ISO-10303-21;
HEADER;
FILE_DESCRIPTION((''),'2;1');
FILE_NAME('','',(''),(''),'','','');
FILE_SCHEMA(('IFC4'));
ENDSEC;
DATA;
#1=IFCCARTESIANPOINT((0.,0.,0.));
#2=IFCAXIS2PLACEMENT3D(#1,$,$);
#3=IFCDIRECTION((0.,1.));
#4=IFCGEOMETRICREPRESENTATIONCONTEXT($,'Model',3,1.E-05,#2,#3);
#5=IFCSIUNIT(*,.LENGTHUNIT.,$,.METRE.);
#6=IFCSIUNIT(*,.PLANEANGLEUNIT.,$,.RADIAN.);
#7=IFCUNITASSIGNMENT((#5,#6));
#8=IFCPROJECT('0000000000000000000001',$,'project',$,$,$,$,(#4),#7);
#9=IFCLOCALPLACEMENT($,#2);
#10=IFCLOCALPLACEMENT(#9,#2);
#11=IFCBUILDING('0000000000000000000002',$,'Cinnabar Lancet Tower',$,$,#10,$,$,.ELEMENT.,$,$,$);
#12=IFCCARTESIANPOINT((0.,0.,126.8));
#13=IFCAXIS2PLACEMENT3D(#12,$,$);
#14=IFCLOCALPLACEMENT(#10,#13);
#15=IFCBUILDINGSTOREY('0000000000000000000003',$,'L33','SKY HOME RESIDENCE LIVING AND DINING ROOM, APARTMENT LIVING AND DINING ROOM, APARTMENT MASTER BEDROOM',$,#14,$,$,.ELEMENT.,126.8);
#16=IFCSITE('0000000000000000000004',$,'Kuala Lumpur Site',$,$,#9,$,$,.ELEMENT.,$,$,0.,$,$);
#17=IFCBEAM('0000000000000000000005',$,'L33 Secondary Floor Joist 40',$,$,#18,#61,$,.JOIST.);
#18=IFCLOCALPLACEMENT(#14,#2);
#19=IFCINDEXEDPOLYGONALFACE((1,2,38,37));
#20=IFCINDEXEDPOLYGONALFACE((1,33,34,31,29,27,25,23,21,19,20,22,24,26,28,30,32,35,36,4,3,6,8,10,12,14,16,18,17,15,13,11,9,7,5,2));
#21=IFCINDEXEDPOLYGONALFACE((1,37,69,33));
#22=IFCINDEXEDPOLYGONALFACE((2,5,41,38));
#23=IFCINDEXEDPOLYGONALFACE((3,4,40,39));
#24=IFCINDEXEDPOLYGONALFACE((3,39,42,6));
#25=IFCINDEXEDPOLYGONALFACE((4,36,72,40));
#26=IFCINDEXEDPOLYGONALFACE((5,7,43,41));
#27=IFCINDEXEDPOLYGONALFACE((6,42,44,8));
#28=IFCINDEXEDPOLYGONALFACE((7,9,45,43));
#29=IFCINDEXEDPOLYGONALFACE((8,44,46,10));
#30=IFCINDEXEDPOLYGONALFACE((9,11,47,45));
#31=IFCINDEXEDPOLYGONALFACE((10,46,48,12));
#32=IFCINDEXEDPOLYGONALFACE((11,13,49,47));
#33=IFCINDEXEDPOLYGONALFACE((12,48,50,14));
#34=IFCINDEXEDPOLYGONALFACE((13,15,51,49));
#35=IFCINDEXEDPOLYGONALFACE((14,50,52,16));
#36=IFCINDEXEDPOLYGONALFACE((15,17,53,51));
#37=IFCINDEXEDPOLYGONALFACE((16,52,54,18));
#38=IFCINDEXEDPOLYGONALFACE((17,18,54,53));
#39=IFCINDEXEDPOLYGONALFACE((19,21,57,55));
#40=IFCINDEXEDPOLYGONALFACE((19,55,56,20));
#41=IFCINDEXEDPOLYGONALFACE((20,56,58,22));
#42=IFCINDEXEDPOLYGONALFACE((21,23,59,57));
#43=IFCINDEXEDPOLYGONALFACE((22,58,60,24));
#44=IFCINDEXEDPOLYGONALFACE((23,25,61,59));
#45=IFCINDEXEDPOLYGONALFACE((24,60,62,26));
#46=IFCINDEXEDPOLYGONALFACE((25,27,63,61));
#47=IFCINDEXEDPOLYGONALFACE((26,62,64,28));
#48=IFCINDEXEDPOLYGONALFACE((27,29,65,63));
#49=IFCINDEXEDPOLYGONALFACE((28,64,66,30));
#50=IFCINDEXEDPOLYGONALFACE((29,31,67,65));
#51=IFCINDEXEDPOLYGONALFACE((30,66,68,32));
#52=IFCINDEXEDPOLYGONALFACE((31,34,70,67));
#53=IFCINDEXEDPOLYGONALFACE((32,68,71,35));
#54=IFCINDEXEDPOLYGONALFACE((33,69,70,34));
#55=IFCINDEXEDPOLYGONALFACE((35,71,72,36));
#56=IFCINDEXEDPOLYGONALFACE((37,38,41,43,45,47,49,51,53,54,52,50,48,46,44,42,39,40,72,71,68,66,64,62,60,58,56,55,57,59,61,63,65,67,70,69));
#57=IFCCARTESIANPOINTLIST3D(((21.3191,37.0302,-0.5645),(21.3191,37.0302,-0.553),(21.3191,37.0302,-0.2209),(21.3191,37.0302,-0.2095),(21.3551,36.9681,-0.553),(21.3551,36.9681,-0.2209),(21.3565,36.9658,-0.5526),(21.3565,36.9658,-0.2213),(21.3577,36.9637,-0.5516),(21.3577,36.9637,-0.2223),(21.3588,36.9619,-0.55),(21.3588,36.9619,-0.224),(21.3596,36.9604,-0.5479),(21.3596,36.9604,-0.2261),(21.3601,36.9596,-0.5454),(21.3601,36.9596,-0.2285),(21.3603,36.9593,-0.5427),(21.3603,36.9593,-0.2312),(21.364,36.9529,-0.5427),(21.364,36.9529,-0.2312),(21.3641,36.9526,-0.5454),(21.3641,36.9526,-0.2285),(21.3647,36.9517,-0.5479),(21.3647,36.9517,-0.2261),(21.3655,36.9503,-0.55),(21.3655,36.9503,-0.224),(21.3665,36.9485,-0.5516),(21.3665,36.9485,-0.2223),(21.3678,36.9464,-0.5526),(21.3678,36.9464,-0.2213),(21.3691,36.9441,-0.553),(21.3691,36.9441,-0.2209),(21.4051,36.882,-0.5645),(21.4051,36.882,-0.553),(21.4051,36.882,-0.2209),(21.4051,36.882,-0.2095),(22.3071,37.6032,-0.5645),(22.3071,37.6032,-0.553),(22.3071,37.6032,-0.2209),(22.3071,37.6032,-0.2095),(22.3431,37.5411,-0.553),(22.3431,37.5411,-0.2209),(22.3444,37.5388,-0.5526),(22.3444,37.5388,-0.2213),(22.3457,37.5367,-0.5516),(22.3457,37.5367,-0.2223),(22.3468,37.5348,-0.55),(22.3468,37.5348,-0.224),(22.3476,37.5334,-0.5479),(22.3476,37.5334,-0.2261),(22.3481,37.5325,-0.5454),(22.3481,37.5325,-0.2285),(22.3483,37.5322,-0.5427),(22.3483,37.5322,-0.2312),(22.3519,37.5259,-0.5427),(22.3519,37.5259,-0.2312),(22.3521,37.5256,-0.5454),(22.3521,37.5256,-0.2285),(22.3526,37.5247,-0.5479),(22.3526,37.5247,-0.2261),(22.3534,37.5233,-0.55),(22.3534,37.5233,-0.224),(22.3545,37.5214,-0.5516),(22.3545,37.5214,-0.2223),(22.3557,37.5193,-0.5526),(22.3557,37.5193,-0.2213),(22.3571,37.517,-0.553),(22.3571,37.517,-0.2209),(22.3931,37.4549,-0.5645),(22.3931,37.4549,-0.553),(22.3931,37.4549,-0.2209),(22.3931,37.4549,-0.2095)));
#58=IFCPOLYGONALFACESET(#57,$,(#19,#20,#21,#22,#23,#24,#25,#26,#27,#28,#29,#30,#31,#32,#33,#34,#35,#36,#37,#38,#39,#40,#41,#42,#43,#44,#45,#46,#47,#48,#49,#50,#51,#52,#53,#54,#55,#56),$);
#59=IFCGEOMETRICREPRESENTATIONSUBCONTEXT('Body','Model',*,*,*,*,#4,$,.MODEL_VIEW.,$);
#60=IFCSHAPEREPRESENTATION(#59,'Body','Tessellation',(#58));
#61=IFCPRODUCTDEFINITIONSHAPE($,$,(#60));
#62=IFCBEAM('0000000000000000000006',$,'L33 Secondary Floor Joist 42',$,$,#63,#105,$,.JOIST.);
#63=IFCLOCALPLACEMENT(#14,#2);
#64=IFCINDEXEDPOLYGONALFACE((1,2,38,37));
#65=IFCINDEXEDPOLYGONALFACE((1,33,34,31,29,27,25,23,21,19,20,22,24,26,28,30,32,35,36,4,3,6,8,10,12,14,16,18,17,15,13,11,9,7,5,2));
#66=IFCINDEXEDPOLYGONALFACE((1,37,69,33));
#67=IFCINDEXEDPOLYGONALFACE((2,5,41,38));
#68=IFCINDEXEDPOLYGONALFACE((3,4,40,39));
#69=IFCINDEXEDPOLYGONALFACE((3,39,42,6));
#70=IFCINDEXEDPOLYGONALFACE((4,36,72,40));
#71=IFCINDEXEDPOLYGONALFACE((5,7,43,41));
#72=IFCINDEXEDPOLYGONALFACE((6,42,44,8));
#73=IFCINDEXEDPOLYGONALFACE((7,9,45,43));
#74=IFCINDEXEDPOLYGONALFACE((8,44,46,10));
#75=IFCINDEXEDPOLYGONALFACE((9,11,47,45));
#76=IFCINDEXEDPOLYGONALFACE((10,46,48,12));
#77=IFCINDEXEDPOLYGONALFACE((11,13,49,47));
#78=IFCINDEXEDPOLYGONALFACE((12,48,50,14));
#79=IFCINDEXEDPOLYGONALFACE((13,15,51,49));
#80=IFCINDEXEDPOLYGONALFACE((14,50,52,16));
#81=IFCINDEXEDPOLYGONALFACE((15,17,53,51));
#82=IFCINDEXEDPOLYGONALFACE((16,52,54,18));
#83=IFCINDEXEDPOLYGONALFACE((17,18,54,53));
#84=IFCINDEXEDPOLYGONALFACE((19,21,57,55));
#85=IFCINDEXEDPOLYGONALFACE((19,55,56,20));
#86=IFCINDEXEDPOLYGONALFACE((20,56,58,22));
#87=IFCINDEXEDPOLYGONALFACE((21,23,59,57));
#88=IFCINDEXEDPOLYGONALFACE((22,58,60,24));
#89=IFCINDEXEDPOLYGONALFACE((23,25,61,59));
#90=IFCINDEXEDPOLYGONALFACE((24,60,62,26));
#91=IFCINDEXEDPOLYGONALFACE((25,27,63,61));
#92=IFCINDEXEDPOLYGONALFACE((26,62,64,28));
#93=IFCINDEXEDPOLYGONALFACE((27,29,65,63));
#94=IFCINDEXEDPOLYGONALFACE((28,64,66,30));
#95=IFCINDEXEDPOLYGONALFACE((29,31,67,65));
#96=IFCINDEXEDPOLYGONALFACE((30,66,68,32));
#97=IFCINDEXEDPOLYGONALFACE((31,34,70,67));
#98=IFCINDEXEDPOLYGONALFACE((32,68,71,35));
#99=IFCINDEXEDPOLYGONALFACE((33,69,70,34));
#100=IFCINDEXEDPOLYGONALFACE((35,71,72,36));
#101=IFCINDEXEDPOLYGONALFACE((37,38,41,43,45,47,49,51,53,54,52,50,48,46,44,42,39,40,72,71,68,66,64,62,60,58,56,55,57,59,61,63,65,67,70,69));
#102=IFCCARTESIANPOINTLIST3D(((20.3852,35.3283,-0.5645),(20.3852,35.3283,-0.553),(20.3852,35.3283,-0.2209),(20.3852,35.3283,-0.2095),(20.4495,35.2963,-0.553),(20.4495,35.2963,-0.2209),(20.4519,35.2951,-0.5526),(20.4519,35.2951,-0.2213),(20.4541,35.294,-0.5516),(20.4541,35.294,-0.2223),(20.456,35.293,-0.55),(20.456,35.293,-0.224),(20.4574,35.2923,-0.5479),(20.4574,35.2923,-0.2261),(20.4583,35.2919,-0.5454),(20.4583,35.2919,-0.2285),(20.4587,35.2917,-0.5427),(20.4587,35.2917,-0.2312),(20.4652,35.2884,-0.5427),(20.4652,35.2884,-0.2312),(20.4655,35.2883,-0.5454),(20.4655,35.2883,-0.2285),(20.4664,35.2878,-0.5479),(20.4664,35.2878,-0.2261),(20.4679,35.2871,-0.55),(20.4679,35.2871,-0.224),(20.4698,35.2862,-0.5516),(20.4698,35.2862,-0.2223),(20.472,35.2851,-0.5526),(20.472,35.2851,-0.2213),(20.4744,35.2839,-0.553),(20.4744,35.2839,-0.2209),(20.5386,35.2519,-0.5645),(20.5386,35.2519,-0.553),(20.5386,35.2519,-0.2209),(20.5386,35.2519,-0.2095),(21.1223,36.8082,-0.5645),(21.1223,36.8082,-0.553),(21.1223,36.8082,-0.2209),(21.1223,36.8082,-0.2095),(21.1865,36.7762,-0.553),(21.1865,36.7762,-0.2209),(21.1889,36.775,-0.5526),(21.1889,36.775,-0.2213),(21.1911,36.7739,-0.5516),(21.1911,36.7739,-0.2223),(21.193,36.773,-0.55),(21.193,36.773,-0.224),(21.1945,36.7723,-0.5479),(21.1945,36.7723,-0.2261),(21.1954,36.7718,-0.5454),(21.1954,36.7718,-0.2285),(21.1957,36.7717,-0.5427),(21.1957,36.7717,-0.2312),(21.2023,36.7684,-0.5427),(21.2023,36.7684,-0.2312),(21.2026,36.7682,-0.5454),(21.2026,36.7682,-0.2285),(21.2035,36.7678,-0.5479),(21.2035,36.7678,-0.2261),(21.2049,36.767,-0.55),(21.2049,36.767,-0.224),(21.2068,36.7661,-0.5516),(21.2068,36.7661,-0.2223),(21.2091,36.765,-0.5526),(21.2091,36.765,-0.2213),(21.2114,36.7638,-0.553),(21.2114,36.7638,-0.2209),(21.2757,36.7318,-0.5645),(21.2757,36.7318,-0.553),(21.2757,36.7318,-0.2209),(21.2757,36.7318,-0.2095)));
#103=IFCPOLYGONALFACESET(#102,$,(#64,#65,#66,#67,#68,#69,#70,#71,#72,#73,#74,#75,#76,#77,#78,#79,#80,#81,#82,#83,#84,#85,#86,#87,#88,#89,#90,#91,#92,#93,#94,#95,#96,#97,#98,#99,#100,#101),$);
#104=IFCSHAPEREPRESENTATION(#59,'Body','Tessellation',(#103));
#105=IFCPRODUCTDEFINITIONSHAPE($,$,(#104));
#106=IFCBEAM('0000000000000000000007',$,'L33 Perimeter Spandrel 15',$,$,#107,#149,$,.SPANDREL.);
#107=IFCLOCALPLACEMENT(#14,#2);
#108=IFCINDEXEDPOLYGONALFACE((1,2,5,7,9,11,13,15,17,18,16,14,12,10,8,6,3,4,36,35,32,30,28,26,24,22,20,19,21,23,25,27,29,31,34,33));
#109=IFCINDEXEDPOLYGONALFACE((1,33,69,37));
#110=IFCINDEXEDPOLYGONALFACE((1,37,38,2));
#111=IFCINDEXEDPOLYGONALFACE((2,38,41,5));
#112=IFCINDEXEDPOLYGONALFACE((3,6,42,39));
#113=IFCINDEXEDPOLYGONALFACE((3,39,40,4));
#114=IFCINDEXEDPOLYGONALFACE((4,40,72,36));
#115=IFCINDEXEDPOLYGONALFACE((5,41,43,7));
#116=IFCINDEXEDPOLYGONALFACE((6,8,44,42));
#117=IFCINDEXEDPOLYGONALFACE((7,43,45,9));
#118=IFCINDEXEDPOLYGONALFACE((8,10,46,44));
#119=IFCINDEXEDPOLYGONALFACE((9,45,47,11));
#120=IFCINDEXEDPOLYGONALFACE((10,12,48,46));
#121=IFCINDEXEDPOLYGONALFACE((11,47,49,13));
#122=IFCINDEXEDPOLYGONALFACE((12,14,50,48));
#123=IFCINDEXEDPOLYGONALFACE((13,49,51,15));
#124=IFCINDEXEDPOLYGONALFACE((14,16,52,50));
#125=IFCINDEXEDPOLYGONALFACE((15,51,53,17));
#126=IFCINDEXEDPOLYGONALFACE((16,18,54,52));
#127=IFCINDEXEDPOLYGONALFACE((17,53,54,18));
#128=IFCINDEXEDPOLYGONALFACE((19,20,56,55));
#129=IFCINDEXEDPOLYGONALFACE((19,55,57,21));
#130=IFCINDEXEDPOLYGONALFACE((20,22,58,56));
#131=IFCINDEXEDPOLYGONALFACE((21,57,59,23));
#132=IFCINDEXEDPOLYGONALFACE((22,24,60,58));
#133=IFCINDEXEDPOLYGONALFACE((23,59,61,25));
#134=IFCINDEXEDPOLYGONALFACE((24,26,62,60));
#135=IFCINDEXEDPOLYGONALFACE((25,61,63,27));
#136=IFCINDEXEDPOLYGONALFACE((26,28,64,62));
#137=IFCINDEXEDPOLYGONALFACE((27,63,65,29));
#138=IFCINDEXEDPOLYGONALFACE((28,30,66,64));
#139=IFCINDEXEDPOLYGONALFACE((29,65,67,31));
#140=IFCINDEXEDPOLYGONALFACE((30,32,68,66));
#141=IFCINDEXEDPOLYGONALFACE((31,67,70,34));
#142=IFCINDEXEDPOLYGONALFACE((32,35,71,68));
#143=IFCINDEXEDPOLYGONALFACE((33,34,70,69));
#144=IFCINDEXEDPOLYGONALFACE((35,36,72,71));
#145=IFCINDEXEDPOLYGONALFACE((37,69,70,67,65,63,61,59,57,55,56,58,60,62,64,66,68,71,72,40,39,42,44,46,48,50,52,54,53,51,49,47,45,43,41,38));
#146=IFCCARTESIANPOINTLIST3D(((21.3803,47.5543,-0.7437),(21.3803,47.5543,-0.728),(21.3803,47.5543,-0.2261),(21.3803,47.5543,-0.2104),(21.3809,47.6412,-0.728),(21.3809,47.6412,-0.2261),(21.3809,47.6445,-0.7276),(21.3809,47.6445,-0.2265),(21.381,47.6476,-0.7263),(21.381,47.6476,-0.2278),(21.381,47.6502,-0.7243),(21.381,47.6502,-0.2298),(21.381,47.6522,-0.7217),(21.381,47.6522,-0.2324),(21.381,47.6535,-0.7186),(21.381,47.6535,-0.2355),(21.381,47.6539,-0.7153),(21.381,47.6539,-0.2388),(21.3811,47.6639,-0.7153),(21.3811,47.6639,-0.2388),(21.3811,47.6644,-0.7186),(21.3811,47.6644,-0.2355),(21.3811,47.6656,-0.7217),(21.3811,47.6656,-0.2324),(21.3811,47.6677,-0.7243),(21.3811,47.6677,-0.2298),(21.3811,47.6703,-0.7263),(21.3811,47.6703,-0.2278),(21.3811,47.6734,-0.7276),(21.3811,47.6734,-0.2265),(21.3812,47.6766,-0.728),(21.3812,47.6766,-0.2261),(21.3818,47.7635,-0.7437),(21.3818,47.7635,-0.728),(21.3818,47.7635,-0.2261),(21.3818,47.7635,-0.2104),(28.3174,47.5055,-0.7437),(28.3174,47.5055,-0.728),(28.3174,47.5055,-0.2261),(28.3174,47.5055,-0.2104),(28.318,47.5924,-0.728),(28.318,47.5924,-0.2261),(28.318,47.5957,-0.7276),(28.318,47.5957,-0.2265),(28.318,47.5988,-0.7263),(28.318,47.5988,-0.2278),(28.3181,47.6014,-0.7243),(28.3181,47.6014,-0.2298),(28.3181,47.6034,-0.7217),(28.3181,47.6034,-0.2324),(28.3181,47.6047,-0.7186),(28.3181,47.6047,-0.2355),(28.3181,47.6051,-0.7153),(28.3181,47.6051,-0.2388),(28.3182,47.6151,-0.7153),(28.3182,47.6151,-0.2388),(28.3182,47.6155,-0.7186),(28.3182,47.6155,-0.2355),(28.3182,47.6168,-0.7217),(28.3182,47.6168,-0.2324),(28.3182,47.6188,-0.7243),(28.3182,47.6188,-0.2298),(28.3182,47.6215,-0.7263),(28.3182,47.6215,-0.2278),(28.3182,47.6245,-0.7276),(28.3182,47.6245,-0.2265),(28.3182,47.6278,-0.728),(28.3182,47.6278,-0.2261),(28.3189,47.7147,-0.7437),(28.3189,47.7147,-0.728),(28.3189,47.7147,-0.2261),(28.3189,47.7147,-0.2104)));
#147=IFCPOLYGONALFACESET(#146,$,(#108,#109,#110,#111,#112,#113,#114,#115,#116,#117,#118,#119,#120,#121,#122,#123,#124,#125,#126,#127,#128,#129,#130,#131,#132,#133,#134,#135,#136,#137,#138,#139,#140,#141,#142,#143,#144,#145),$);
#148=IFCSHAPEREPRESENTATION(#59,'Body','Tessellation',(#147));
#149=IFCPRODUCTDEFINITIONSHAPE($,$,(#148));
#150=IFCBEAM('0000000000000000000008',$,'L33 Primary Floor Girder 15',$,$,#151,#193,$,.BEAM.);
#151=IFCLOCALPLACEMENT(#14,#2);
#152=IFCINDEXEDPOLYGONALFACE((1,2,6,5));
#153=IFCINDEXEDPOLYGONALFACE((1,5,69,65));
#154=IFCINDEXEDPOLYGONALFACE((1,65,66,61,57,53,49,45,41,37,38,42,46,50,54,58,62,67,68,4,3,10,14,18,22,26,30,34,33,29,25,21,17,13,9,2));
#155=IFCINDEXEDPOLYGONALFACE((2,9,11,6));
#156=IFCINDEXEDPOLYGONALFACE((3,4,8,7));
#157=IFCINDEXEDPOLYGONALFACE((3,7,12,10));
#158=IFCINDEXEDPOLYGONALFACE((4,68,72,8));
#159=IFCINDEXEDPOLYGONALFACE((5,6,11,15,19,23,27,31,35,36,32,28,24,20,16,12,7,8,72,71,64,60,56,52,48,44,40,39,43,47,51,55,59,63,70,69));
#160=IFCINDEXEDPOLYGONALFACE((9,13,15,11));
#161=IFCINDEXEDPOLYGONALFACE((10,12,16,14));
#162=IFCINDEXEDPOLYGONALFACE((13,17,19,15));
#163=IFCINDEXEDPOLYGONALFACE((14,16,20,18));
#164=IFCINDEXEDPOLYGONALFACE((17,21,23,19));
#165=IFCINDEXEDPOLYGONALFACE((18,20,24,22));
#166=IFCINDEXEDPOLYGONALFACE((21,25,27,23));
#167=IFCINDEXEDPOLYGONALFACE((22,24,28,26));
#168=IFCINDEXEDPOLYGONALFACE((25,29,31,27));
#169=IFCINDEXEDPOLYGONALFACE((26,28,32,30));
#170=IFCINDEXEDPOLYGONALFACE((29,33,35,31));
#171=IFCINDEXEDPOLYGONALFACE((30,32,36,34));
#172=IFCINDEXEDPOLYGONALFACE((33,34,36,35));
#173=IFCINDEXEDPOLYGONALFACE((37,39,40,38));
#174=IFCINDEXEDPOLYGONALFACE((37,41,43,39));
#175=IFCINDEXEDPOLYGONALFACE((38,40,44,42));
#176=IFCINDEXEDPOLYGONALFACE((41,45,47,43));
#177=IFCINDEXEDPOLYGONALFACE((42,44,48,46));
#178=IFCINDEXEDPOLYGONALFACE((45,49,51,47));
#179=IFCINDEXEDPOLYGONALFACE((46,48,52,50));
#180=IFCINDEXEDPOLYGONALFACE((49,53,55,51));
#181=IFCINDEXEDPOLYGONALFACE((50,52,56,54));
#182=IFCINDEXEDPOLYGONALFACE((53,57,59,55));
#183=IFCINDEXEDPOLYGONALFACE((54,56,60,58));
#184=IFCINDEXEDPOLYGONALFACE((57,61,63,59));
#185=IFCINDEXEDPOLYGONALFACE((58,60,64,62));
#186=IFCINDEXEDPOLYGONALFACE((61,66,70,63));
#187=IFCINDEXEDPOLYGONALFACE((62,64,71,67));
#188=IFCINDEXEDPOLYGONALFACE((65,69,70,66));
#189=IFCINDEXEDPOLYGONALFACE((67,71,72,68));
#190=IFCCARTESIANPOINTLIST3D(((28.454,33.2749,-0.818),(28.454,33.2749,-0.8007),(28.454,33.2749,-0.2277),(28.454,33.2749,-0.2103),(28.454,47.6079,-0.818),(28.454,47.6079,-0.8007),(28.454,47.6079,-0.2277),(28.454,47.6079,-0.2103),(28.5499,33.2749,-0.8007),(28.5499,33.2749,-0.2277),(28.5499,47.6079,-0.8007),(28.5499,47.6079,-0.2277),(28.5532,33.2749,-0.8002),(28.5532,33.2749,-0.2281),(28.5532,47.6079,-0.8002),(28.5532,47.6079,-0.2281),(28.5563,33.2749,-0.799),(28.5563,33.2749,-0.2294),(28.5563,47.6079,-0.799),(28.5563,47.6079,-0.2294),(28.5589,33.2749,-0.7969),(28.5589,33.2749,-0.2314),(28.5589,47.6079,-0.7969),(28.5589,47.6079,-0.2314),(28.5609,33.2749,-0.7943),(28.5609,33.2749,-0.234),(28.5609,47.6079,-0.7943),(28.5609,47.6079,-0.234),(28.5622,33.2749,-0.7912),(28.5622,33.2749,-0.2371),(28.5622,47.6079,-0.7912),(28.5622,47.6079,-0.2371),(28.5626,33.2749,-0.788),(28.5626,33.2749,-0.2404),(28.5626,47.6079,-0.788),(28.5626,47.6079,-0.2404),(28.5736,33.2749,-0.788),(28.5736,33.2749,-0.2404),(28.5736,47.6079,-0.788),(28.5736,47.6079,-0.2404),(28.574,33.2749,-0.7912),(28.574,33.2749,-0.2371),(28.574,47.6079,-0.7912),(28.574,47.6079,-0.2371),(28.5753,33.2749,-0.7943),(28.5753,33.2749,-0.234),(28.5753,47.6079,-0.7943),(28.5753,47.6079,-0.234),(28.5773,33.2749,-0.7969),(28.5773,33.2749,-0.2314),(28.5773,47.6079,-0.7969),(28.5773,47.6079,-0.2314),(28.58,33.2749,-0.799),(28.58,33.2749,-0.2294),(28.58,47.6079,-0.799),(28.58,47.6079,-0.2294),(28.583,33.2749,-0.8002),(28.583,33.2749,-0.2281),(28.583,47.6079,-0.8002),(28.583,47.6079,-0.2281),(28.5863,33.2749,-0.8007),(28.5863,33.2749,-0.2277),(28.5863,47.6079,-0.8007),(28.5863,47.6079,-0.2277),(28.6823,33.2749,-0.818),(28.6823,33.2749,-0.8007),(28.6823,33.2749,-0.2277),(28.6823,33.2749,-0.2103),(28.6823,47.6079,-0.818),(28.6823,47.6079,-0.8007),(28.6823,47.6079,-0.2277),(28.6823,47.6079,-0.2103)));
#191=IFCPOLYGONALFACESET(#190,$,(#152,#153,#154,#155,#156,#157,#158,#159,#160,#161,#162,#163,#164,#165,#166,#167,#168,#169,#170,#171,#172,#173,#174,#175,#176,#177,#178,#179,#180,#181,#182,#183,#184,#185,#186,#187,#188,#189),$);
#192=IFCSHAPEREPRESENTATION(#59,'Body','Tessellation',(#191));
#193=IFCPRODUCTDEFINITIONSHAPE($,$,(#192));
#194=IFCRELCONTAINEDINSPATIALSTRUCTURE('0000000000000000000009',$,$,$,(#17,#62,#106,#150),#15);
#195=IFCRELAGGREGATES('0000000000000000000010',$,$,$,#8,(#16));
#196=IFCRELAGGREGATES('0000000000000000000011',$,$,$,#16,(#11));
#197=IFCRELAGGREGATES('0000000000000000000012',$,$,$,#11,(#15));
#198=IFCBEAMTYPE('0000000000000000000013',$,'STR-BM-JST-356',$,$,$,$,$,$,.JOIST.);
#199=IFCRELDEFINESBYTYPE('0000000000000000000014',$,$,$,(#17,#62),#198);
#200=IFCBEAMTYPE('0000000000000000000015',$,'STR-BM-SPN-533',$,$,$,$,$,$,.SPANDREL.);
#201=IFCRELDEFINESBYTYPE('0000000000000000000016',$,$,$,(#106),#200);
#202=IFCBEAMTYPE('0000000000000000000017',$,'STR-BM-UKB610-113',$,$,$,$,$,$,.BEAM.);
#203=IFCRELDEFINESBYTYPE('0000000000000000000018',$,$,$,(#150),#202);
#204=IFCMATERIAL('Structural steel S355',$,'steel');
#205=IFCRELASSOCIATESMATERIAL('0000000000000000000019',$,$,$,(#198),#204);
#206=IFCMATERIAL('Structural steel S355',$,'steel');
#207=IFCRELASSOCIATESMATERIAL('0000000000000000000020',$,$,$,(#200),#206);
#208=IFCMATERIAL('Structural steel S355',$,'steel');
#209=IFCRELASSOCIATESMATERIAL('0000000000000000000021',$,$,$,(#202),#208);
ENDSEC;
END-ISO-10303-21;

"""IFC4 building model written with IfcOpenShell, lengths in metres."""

from ifc_helpers import new_model, si_unit, direction, frame, origin, origin_2d, place, context, subcontext, project, spatial, i_section, extrude, material, material_profile, profile_set, type_object, element, save


model = new_model("IFC4")

# Units and contexts
model_context = context("Model", 3, precision=1e-05, world=origin(), true_north=direction((0.0, 1.0)))
body_context = subcontext(model_context, "Body", "Model", "MODEL_VIEW")
ifc_project = project(units=[si_unit("LENGTHUNIT", "METRE"), si_unit("PLANEANGLEUNIT", "RADIAN")], contexts=[model_context])

# Site, building, storey
site_placement = place(None, origin())
site = spatial("IfcSite", under=ifc_project, at=site_placement, Name="Kuala Lumpur Site", CompositionType="ELEMENT", RefElevation=0.0)
building_placement = place(site_placement, origin())
building = spatial("IfcBuilding", under=site, at=building_placement, Name="Cinnabar Lancet Tower", CompositionType="ELEMENT")
storey_placement = place(building_placement, frame((0.0, 0.0, 126.8)))
storey = spatial("IfcBuildingStorey", under=building, at=storey_placement, Name="L33", Description="SKY HOME RESIDENCE LIVING AND DINING ROOM, APARTMENT LIVING AND DINING ROOM, APARTMENT MASTER BEDROOM", CompositionType="ELEMENT", Elevation=126.8)

# Beams
ifc_material_1 = material(Name="Structural steel S355", Category="steel")
ifc_material_profile_1 = material_profile(ifc_material_1, i_section(OverallWidth=0.1714, OverallDepth=0.355, WebThickness=0.0073, FlangeThickness=0.0115, FilletRadius=0.0103, at=origin_2d()), Name="UKB 356x171x51")
ifc_profile_set_1 = profile_set([ifc_material_profile_1], Name="Structural steel S355")
beam_type_1 = type_object("IfcBeamType", Name="STR-BM-JST-356", PredefinedType="JOIST", material=ifc_profile_set_1)
beam_1_placement = place(storey_placement, frame((22.3501, 37.5291, -0.387), z_axis=(-0.865055, -0.501677, 0.0), x_axis=(0.501677, -0.865055, 0.0)))
element("IfcBeam", 1, at=beam_1_placement, inside=storey, type_object=beam_type_1, Name="L33 Secondary Floor Joist 40", PredefinedType="JOIST", context=body_context, shape_type="SweptSolid", body=[
    extrude(i_section(OverallWidth=0.1714, OverallDepth=0.355, WebThickness=0.0073, FlangeThickness=0.0115, FilletRadius=0.0103, at=origin_2d()), origin(), (0.0, 0.0, 1.0), 1.1421),
])
beam_2_placement = place(storey_placement, frame((21.199, 36.77, -0.387), z_axis=(-0.445795, -0.895135, 0.0), x_axis=(0.895135, -0.445795, 0.0)))
element("IfcBeam", 2, at=beam_2_placement, inside=storey, type_object=beam_type_1, Name="L33 Secondary Floor Joist 42", PredefinedType="JOIST", context=body_context, shape_type="SweptSolid", body=[
    extrude(i_section(OverallWidth=0.1714, OverallDepth=0.355, WebThickness=0.0073, FlangeThickness=0.0115, FilletRadius=0.0103, at=origin_2d()), origin(), (0.0, 0.0, 1.0), 1.6533),
])
ifc_material_2 = material(Name="Structural steel S355", Category="steel")
ifc_material_profile_2 = material_profile(ifc_material_2, i_section(OverallWidth=0.2092, OverallDepth=0.5332, WebThickness=0.01, FlangeThickness=0.0156, FilletRadius=0.0127, at=origin_2d()), Name="UKB 533x210x92")
ifc_profile_set_2 = profile_set([ifc_material_profile_2], Name="Structural steel S355")
beam_type_2 = type_object("IfcBeamType", Name="STR-BM-SPN-533", PredefinedType="SPANDREL", material=ifc_profile_set_2)
beam_3_placement = place(storey_placement, frame((28.3181, 47.6101, -0.4771), z_axis=(-0.999975, 0.007039, 0.0), x_axis=(-0.007039, -0.999975, 0.0)))
element("IfcBeam", 3, at=beam_3_placement, inside=storey, type_object=beam_type_2, Name="L33 Perimeter Spandrel 15", PredefinedType="SPANDREL", context=body_context, shape_type="SweptSolid", body=[
    extrude(i_section(OverallWidth=0.2092, OverallDepth=0.5332, WebThickness=0.01, FlangeThickness=0.0156, FilletRadius=0.0127, at=origin_2d()), origin(), (0.0, 0.0, 1.0), 6.9373),
])
ifc_material_3 = material(Name="Structural steel S355", Category="steel")
ifc_material_profile_3 = material_profile(ifc_material_3, i_section(OverallWidth=0.2283, OverallDepth=0.6077, WebThickness=0.011, FlangeThickness=0.0173, FilletRadius=0.0127, at=origin_2d()), Name="UKB 610x229x113")
ifc_profile_set_3 = profile_set([ifc_material_profile_3], Name="Structural steel S355")
beam_type_3 = type_object("IfcBeamType", Name="STR-BM-UKB610-113", PredefinedType="BEAM", material=ifc_profile_set_3)
beam_4_placement = place(storey_placement, frame((28.5681, 47.6079, -0.5142), z_axis=(0.0, -1.0, 0.0), x_axis=(1.0, 0.0, 0.0)))
element("IfcBeam", 4, at=beam_4_placement, inside=storey, type_object=beam_type_3, Name="L33 Primary Floor Girder 15", PredefinedType="BEAM", context=body_context, shape_type="SweptSolid", body=[
    extrude(i_section(OverallWidth=0.2283, OverallDepth=0.6077, WebThickness=0.011, FlangeThickness=0.0173, FilletRadius=0.0127, at=origin_2d()), origin(), (0.0, 0.0, 1.0), 14.333),
])

save(model, "model.ifc")
